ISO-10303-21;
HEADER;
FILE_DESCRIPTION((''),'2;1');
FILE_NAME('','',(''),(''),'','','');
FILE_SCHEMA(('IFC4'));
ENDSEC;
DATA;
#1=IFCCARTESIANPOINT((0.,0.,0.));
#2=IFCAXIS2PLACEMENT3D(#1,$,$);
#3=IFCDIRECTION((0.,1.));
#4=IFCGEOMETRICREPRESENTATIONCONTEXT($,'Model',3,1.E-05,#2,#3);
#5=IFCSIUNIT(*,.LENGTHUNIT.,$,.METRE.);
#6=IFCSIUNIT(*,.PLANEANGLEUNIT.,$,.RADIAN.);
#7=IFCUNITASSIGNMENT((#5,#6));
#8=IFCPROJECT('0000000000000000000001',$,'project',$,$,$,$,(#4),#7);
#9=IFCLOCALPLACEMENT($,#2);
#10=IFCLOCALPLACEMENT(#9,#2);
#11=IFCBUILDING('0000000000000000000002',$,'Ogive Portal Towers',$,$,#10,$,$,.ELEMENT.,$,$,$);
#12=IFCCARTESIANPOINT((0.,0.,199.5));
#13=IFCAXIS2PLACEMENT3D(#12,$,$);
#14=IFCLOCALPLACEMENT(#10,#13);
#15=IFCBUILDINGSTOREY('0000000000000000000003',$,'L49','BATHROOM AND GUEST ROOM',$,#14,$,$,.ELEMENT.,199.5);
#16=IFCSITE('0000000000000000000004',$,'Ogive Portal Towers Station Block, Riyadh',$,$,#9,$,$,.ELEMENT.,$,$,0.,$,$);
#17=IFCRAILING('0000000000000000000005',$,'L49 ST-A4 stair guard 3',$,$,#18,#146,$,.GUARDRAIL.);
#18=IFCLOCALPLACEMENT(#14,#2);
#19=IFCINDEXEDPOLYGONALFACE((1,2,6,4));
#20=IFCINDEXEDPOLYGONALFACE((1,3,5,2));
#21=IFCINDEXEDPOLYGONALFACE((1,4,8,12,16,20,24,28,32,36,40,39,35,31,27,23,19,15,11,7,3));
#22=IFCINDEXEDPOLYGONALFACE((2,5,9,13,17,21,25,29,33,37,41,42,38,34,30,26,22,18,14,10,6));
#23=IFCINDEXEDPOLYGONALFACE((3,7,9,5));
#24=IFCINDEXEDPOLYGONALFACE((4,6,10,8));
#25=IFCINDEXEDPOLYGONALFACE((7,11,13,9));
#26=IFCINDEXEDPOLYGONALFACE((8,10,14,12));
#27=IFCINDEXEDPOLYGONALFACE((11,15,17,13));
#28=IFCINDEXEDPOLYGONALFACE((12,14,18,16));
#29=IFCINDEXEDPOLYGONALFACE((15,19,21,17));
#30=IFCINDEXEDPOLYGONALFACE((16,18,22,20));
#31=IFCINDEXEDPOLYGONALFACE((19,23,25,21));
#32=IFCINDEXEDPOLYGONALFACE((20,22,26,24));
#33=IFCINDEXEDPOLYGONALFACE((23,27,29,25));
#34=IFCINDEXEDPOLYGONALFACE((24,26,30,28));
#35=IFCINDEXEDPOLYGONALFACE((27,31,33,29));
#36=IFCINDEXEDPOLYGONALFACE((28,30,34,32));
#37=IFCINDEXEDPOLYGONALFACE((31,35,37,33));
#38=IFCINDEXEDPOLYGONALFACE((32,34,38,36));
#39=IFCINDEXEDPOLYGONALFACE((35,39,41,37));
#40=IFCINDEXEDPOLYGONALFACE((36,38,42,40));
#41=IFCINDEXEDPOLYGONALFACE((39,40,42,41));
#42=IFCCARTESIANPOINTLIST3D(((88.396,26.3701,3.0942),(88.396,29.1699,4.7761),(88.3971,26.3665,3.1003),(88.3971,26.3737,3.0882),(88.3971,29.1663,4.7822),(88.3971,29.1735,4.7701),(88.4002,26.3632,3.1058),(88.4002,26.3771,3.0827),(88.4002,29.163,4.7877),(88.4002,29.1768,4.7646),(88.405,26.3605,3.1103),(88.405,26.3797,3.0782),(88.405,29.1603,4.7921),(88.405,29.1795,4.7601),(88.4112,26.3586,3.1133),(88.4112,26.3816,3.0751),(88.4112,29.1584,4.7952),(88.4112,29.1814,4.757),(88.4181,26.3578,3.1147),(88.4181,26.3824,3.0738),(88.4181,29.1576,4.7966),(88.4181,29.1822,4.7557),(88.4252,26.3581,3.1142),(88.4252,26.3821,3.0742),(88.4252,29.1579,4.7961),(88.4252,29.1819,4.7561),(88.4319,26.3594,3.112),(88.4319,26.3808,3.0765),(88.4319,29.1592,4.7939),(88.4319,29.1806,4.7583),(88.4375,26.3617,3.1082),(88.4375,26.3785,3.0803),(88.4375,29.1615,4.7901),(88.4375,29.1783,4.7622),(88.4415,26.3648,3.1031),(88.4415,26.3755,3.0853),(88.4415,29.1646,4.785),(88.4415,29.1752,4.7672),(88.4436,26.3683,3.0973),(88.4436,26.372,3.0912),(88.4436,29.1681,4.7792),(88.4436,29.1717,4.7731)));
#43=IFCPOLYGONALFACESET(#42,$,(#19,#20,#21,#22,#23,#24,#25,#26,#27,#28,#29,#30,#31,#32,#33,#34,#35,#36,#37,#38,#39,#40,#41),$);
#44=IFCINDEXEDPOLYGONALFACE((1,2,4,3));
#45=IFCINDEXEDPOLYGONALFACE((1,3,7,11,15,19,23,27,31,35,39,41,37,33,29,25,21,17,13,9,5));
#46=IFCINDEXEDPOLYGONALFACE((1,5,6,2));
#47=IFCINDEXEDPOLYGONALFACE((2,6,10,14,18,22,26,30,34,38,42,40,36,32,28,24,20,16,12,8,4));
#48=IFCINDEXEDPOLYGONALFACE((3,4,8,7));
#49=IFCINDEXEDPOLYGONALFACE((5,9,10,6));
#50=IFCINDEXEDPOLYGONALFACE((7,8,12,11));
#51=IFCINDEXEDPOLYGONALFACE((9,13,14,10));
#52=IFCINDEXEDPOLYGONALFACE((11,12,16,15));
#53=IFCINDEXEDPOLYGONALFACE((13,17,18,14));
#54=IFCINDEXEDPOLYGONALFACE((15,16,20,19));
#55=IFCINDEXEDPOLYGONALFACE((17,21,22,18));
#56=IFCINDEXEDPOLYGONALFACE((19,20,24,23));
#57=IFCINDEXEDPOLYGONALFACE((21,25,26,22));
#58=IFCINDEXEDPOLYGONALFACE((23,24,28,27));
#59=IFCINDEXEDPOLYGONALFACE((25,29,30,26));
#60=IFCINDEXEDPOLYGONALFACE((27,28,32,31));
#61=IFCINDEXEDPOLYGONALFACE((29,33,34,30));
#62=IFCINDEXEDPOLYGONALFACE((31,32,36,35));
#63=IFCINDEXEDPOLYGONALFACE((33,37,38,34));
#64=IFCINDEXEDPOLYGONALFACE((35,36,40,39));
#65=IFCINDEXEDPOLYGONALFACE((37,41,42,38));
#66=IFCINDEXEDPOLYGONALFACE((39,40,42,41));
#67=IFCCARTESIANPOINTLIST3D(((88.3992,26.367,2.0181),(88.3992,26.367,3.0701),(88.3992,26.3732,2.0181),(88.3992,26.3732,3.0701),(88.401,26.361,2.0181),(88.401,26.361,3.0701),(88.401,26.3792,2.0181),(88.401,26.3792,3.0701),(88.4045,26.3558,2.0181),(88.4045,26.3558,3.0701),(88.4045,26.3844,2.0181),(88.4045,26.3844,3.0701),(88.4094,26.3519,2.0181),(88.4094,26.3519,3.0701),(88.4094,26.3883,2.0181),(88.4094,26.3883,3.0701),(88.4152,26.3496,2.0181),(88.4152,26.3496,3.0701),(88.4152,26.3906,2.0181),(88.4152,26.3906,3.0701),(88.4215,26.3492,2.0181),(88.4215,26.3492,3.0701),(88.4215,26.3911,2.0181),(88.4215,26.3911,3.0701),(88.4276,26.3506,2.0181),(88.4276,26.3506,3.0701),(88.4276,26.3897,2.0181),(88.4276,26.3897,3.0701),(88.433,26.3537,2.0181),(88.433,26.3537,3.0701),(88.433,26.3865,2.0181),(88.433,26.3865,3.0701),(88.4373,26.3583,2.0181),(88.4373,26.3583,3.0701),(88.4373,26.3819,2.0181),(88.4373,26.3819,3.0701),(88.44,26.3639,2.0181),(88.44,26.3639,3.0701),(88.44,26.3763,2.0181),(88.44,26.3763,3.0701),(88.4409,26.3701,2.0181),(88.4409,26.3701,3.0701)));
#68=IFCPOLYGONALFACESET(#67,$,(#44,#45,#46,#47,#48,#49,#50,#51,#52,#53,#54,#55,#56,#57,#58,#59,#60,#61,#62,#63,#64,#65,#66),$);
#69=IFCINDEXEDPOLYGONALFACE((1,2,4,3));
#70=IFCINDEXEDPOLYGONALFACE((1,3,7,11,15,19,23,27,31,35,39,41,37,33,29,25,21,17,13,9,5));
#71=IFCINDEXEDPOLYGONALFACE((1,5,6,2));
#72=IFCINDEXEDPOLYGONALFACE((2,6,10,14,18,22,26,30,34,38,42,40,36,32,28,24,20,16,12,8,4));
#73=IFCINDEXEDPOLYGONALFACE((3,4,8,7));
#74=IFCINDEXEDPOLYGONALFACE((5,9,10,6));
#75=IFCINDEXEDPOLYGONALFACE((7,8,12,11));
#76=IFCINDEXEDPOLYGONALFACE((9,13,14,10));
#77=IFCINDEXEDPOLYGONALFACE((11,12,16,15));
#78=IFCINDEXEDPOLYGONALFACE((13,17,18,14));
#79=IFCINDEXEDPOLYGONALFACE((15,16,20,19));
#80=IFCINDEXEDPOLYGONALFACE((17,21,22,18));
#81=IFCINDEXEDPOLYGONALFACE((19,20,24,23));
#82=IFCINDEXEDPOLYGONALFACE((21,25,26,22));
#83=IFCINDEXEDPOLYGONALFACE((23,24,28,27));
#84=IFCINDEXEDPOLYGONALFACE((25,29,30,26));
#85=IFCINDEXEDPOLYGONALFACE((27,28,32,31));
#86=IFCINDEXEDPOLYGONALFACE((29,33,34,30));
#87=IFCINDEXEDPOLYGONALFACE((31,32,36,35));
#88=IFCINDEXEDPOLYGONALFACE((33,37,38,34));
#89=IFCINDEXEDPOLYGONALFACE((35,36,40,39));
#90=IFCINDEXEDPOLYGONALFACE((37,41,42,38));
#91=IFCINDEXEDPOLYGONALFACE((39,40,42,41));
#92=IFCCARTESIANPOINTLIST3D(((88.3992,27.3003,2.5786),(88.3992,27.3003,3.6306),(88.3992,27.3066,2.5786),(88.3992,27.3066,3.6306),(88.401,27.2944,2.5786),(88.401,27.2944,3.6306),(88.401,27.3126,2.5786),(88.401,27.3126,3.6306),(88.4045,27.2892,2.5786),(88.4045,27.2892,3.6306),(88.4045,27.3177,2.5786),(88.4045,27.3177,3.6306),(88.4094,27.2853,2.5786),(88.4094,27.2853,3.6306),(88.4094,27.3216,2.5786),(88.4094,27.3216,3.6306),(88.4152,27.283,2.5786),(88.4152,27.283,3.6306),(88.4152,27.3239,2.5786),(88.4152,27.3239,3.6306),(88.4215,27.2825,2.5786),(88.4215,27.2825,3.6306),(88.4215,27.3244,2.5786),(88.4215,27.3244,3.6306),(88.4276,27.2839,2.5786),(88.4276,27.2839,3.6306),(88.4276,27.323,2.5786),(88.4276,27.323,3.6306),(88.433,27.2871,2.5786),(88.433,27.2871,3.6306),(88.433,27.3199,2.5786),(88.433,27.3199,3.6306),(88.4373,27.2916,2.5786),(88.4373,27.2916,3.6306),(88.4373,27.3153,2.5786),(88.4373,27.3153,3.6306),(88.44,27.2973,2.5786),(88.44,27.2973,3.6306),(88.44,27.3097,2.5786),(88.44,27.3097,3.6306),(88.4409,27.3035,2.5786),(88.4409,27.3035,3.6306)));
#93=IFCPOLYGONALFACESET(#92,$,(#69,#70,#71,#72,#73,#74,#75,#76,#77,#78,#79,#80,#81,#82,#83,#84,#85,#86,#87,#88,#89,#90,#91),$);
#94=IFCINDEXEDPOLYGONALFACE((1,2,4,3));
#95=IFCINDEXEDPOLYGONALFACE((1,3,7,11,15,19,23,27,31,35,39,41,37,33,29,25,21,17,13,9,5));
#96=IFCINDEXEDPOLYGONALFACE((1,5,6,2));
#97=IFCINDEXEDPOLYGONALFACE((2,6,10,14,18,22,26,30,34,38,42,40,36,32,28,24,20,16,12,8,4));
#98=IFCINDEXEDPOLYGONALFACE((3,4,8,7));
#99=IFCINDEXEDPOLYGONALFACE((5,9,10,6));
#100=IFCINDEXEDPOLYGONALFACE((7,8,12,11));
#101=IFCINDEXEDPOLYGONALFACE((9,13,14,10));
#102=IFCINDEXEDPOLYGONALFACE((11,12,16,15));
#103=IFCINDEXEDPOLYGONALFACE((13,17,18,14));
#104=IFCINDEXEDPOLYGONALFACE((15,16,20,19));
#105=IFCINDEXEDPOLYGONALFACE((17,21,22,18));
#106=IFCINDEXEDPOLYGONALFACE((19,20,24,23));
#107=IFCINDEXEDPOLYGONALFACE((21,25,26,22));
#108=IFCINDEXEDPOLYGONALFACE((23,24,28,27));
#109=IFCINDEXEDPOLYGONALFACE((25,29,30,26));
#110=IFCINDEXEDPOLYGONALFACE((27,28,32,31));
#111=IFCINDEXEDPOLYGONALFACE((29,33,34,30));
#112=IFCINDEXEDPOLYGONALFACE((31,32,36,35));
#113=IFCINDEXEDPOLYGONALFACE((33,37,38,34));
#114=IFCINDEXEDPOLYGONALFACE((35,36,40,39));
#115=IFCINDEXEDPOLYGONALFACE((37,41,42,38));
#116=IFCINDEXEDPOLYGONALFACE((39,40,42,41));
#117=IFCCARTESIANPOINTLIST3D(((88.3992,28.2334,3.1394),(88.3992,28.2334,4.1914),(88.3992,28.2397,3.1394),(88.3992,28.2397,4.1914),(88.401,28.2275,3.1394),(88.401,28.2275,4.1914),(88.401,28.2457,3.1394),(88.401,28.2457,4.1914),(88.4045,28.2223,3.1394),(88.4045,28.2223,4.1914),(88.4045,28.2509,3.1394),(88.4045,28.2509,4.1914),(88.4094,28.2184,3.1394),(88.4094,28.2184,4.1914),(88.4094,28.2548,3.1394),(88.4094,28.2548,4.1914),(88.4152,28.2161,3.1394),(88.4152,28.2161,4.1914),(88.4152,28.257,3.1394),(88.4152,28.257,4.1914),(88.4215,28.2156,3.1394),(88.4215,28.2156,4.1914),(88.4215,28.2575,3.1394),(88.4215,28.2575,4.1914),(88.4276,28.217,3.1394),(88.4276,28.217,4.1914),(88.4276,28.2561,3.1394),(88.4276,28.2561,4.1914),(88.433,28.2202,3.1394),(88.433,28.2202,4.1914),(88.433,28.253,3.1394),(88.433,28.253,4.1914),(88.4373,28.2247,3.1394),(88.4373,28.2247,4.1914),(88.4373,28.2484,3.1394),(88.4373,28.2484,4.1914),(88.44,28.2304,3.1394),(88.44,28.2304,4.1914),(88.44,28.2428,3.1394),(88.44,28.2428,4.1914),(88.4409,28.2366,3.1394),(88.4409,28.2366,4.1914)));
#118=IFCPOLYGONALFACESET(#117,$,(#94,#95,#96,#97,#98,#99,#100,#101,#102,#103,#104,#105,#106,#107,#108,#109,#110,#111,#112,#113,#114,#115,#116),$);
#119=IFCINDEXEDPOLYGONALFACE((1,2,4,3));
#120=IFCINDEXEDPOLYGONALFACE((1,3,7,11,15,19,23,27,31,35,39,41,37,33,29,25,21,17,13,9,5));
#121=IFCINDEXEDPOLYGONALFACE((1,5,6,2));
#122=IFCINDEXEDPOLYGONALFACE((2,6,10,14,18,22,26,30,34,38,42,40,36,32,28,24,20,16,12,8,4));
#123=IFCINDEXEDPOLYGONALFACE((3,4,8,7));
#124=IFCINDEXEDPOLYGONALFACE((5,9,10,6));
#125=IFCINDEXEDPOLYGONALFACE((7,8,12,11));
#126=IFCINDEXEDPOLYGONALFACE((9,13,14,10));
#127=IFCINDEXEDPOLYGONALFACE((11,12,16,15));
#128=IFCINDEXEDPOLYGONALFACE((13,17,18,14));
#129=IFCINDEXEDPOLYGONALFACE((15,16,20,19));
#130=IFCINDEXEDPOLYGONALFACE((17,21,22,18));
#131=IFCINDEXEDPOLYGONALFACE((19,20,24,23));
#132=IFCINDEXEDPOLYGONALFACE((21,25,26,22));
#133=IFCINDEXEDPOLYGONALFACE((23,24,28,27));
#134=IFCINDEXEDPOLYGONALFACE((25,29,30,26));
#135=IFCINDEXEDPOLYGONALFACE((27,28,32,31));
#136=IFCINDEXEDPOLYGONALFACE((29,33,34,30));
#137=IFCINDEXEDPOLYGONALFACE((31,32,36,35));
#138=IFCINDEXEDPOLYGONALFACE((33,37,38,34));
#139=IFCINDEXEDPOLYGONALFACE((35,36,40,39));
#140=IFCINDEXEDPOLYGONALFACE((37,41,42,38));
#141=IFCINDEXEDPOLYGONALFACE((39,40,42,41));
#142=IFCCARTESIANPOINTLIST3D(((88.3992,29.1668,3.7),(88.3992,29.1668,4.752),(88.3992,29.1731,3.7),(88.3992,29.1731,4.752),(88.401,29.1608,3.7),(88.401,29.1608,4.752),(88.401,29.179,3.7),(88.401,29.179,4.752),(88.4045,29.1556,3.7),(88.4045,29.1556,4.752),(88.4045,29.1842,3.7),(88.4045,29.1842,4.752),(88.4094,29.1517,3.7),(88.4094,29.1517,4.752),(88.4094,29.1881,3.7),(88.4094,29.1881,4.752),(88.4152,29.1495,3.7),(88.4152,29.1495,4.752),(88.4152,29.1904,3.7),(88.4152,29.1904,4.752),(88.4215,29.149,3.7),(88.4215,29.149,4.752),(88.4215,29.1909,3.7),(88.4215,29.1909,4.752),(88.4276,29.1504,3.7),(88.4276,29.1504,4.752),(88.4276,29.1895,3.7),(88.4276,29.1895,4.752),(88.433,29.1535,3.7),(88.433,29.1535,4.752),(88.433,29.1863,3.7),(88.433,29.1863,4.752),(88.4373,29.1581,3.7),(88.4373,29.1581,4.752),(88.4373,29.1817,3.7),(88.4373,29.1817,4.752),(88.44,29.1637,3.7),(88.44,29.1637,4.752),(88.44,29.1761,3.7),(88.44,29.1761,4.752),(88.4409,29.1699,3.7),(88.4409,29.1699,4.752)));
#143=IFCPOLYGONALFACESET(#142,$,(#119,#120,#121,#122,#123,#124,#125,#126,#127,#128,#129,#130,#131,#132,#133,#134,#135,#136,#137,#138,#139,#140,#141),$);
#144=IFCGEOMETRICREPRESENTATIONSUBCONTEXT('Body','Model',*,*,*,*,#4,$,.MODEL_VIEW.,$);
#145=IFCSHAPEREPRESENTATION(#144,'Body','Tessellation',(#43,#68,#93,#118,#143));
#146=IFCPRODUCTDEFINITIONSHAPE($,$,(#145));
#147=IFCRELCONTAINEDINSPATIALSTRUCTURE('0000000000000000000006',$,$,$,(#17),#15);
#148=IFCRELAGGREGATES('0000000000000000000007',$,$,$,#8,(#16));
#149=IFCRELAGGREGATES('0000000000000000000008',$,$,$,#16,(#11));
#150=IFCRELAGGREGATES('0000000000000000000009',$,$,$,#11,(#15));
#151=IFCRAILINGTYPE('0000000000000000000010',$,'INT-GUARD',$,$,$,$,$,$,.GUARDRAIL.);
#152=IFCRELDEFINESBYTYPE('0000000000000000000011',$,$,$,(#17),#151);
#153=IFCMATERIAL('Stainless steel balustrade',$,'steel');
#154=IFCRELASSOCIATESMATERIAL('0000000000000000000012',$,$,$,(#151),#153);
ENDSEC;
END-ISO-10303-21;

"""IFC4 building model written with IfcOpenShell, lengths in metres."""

from ifc_helpers import new_model, si_unit, direction, frame, origin, origin_2d, place, context, subcontext, project, spatial, circle, extrude, material, type_object, element, save


model = new_model("IFC4")

# Units and contexts
model_context = context("Model", 3, precision=1e-05, world=origin(), true_north=direction((0.0, 1.0)))
body_context = subcontext(model_context, "Body", "Model", "MODEL_VIEW")
ifc_project = project(units=[si_unit("LENGTHUNIT", "METRE"), si_unit("PLANEANGLEUNIT", "RADIAN")], contexts=[model_context])

# Site, building, storey
site_placement = place(None, origin())
site = spatial("IfcSite", under=ifc_project, at=site_placement, Name="Ogive Portal Towers Station Block, Riyadh", CompositionType="ELEMENT", RefElevation=0.0)
building_placement = place(site_placement, origin())
building = spatial("IfcBuilding", under=site, at=building_placement, Name="Ogive Portal Towers", CompositionType="ELEMENT")
storey_placement = place(building_placement, frame((0.0, 0.0, 199.5)))
storey = spatial("IfcBuildingStorey", under=building, at=storey_placement, Name="L49", Description="BATHROOM AND GUEST ROOM", CompositionType="ELEMENT", Elevation=199.5)

# Railing
ifc_material_1 = material(Name="Stainless steel balustrade", Category="steel")
railing_type_1 = type_object("IfcRailingType", Name="INT-GUARD", PredefinedType="GUARDRAIL", material=ifc_material_1)
railing_1_placement = place(storey_placement, frame((88.4199, 26.3701, 2.0181)))
element("IfcRailing", 1, at=railing_1_placement, inside=storey, type_object=railing_type_1, Name="L49 ST-A4 stair guard 3", PredefinedType="GUARDRAIL", context=body_context, shape_type="SweptSolid", body=[
    extrude(circle(Radius=0.0239, at=origin_2d()), frame((0.0, 0.0, 1.0762), z_axis=(0.0, 0.857222, 0.514946), x_axis=(-1.0, 0.0, 0.0)), (0.0, 0.0, 1.0), 3.2661),
    extrude(circle(Radius=0.021, at=origin_2d()), origin(), (0.0, 0.0, 1.0), 1.052),
    extrude(circle(Radius=0.021, at=origin_2d()), frame((0.0, 0.9333, 0.5605)), (0.0, 0.0, 1.0), 1.052),
    extrude(circle(Radius=0.021, at=origin_2d()), frame((0.0, 1.8665, 1.1213)), (0.0, 0.0, 1.0), 1.052),
    extrude(circle(Radius=0.021, at=origin_2d()), frame((0.0, 2.7998, 1.6819)), (0.0, 0.0, 1.0), 1.052),
])

save(model, "model.ifc")
